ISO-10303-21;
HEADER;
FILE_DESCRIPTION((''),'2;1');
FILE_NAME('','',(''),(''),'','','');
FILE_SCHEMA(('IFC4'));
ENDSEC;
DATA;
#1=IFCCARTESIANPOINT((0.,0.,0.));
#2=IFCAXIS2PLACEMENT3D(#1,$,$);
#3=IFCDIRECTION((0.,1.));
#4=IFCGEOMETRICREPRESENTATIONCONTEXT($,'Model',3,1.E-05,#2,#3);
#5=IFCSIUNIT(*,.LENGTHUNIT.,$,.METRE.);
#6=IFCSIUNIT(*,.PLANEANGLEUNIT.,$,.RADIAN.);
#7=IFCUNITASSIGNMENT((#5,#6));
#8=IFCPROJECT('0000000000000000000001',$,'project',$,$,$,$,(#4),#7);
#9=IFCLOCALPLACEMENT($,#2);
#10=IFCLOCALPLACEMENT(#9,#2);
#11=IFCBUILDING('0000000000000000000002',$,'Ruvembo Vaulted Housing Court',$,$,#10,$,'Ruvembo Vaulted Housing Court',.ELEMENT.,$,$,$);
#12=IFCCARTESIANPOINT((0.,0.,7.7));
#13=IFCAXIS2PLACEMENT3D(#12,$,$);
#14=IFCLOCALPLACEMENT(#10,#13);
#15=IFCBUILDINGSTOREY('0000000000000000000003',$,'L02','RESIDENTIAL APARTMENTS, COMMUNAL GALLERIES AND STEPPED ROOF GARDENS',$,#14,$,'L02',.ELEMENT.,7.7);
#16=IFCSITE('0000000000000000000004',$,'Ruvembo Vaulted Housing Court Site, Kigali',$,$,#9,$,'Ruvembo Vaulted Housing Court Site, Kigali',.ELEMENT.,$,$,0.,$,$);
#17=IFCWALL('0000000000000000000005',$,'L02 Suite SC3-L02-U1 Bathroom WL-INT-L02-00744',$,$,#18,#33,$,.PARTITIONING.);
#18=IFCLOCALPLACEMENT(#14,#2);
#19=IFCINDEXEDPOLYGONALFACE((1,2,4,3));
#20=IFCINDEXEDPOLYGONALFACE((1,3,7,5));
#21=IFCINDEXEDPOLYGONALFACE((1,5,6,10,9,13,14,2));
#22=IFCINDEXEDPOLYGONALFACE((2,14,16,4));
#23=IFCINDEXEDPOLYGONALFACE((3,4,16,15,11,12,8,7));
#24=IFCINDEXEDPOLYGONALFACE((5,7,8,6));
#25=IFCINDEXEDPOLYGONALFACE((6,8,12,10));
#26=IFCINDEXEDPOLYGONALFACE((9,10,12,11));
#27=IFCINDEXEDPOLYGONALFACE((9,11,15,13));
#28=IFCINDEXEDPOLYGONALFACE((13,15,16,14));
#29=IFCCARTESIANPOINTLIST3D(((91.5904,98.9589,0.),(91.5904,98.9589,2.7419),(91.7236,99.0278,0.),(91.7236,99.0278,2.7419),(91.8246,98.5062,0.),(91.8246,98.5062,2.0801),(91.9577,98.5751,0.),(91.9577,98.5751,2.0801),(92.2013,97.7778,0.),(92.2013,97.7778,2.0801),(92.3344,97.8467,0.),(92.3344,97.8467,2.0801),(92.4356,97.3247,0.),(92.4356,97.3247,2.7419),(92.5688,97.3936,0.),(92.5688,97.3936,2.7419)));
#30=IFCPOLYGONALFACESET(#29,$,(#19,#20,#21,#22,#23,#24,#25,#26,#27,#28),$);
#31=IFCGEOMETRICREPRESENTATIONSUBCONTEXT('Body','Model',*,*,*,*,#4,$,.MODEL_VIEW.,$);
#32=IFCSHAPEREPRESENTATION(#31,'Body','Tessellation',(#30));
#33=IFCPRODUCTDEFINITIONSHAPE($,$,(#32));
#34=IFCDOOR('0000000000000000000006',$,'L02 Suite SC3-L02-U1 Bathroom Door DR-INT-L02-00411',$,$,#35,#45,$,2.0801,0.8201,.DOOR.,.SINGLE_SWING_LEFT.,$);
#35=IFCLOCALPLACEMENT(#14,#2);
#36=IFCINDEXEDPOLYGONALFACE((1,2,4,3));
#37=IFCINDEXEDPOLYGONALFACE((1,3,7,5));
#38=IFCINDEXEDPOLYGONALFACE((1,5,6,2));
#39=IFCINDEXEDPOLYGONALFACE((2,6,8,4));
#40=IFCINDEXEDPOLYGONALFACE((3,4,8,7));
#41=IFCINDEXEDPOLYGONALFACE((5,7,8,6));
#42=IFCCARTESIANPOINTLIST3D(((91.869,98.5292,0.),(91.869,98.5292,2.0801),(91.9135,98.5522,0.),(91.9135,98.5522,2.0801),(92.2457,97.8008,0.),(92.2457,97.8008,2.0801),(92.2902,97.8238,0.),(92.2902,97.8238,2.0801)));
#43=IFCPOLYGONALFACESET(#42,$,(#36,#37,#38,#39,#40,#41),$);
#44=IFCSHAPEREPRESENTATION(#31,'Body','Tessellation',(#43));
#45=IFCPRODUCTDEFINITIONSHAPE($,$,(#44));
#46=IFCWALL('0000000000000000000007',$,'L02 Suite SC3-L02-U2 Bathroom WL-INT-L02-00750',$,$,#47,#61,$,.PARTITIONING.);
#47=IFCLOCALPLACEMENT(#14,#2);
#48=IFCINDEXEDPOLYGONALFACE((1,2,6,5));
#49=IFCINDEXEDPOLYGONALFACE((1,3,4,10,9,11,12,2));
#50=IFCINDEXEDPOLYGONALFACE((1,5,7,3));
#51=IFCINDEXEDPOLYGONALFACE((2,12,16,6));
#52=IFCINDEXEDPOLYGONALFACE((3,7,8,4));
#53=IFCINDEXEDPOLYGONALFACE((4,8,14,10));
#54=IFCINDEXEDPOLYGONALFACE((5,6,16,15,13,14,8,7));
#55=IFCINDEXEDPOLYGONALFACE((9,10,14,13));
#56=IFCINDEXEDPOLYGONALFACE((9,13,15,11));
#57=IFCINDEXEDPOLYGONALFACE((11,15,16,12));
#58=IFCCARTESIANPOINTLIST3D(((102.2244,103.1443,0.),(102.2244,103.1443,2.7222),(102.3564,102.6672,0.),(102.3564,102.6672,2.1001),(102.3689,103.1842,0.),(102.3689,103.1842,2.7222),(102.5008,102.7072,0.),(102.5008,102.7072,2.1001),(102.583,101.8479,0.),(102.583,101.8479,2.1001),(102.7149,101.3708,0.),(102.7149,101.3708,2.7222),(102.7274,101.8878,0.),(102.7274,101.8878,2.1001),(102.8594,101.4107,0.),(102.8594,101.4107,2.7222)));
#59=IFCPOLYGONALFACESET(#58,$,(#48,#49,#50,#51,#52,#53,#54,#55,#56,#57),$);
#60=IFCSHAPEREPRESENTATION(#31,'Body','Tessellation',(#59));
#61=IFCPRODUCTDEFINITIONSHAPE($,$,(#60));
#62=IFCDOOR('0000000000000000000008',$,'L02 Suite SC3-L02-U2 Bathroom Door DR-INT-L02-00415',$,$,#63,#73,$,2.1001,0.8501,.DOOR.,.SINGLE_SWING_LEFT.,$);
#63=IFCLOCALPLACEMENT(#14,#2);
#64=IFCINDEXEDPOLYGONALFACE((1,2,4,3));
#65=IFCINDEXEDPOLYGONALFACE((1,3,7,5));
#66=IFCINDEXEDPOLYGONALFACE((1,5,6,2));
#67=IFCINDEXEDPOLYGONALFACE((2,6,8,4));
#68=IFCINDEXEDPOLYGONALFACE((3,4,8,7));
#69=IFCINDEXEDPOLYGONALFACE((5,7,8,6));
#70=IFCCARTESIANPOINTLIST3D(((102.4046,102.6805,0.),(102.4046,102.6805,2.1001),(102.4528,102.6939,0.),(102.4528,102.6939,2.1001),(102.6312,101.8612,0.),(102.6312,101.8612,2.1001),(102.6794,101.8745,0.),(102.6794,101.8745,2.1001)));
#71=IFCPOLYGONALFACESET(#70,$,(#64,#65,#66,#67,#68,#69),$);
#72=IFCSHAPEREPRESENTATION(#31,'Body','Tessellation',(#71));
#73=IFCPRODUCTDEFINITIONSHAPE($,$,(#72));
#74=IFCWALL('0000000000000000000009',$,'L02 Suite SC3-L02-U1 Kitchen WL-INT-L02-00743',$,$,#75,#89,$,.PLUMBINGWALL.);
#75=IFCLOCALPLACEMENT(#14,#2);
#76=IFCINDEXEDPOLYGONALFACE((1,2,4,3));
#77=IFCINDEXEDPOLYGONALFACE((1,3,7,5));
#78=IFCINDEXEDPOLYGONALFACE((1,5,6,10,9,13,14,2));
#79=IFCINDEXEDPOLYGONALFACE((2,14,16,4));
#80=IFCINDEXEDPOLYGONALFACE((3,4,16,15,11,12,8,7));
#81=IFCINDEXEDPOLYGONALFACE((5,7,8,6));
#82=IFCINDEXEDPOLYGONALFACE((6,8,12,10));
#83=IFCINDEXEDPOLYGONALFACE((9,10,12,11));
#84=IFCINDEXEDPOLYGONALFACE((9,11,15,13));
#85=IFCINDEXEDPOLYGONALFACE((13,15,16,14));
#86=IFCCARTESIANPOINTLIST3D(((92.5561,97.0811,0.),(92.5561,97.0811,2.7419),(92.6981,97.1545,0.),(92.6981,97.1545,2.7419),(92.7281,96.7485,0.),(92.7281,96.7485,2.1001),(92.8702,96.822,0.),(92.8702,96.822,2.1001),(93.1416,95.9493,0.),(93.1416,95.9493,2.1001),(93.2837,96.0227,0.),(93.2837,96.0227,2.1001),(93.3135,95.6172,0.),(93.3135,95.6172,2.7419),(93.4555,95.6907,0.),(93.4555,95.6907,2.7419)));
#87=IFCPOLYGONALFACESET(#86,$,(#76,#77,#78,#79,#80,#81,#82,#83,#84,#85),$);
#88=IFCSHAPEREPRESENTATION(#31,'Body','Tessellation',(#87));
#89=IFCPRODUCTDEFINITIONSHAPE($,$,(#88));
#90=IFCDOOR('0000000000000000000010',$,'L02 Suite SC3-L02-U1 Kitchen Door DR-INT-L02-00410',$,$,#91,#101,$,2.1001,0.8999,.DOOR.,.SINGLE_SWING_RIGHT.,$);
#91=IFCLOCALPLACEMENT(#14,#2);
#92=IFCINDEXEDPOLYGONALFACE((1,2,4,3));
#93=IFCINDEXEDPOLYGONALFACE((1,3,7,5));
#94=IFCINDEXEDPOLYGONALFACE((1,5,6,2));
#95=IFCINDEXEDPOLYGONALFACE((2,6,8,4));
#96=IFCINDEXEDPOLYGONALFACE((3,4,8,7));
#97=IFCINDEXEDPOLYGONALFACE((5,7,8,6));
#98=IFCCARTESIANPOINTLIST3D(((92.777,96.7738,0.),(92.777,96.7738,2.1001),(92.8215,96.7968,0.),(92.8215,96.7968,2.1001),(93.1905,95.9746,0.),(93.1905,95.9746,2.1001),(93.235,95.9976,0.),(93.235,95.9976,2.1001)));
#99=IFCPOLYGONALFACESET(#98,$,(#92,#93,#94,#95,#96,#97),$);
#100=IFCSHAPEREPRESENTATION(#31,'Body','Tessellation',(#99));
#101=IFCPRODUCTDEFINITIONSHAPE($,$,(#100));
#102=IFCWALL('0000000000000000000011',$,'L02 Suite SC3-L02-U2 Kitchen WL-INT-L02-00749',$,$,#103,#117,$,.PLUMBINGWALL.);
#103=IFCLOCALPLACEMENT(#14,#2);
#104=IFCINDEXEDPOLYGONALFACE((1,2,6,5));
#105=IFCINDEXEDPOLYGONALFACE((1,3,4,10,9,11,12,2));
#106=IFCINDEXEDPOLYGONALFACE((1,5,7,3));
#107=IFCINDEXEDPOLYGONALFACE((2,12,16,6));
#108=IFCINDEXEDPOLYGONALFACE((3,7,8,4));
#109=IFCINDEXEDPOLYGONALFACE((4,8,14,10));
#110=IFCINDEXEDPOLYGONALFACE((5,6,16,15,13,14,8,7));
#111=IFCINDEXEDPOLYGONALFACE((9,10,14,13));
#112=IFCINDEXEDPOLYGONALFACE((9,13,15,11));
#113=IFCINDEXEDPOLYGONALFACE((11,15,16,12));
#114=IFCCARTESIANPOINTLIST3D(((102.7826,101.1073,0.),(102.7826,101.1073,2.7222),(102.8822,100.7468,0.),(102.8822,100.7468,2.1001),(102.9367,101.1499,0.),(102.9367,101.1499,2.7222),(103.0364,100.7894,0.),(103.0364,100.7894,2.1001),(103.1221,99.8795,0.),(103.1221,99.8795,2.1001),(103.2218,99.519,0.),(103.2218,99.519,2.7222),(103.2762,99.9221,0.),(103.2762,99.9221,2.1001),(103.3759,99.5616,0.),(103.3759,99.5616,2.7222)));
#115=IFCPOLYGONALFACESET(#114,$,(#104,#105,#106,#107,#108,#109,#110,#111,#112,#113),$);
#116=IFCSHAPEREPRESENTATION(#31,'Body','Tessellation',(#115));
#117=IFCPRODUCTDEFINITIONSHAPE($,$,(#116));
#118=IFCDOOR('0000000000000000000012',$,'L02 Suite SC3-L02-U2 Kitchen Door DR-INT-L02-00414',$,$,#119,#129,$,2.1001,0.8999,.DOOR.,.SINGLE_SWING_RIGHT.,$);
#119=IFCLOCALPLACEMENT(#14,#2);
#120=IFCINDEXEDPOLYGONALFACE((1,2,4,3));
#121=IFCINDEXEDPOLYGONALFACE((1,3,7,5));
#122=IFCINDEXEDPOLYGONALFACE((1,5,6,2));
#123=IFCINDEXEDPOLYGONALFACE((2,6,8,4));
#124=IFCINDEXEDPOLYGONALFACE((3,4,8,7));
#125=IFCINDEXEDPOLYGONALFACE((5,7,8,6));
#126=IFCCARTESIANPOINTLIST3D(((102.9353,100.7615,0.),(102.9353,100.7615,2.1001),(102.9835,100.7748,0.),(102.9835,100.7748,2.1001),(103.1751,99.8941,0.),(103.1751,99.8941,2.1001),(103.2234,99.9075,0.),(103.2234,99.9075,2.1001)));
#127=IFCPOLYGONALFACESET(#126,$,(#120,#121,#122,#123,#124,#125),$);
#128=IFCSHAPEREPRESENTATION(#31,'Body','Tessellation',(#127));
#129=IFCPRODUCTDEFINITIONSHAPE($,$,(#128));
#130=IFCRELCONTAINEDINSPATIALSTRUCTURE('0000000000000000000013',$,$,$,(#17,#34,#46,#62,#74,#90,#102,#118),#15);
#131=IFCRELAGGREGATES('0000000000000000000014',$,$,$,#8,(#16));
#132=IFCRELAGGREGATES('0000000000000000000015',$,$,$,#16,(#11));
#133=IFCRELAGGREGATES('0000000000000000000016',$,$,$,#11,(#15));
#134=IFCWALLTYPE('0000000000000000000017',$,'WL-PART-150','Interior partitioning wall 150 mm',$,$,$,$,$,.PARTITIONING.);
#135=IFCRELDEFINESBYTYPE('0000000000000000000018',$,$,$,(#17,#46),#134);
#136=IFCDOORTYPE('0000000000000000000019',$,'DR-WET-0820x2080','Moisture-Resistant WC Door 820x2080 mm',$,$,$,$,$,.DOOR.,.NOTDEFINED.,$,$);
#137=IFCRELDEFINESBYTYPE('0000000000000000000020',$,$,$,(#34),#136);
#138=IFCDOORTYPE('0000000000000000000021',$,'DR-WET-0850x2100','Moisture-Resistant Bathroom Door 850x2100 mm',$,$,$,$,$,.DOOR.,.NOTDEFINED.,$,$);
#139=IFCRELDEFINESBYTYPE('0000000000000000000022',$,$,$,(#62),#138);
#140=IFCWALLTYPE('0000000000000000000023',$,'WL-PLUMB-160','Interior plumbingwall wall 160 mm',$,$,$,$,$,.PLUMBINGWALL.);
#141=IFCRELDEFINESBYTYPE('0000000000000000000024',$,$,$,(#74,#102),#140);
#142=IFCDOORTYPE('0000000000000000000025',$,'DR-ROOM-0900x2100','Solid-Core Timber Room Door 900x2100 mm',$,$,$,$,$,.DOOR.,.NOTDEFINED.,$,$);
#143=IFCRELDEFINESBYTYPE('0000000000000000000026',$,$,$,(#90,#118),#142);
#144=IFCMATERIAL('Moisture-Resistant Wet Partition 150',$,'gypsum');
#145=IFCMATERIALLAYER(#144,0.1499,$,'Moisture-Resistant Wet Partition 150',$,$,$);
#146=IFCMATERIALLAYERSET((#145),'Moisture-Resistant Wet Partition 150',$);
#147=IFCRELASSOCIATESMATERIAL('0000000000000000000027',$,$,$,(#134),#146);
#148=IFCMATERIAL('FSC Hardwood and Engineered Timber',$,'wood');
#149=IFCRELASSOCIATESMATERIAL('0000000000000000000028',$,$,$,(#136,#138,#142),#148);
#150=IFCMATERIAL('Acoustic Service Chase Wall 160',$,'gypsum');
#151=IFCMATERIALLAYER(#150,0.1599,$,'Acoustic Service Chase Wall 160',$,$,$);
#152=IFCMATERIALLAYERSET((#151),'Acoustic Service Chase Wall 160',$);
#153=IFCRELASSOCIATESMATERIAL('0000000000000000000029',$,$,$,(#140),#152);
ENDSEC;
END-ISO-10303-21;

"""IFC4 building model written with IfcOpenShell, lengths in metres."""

from ifc_helpers import new_model, si_unit, direction, frame, frame_2d, origin, place, context, subcontext, project, spatial, rectangle, extrude, material, layer, layer_set, type_object, element, fill, save


model = new_model("IFC4")

# Units and contexts
model_context = context("Model", 3, precision=1e-05, world=origin(), true_north=direction((0.0, 1.0)))
body_context = subcontext(model_context, "Body", "Model", "MODEL_VIEW")
ifc_project = project(units=[si_unit("LENGTHUNIT", "METRE"), si_unit("PLANEANGLEUNIT", "RADIAN")], contexts=[model_context])

# Site, building, storey
site_placement = place(None, origin())
site = spatial("IfcSite", under=ifc_project, at=site_placement, Name="Ruvembo Vaulted Housing Court Site, Kigali", LongName="Ruvembo Vaulted Housing Court Site, Kigali", CompositionType="ELEMENT", RefElevation=0.0)
building_placement = place(site_placement, origin())
building = spatial("IfcBuilding", under=site, at=building_placement, Name="Ruvembo Vaulted Housing Court", LongName="Ruvembo Vaulted Housing Court", CompositionType="ELEMENT")
storey_placement = place(building_placement, frame((0.0, 0.0, 7.7)))
storey = spatial("IfcBuildingStorey", under=building, at=storey_placement, Name="L02", Description="RESIDENTIAL APARTMENTS, COMMUNAL GALLERIES AND STEPPED ROOF GARDENS", LongName="L02", CompositionType="ELEMENT", Elevation=7.7)

# Shared definitions
ifc_material_1 = material(Name="FSC Hardwood and Engineered Timber", Category="wood")

# Walls, openings, doors
ifc_material_2 = material(Name="Moisture-Resistant Wet Partition 150", Category="gypsum")
ifc_layer_1 = layer(ifc_material_2, 0.1499, Name="Moisture-Resistant Wet Partition 150")
ifc_layer_set_1 = layer_set([ifc_layer_1], Name="Moisture-Resistant Wet Partition 150")
wall_type_1 = type_object("IfcWallType", Name="WL-PART-150", Description="Interior partitioning wall 150 mm", PredefinedType="PARTITIONING", material=ifc_layer_set_1)
wall_1_placement = place(storey_placement, frame((92.5022, 97.3591, 0.0), z_axis=(0.0, 0.0, 1.0), x_axis=(-0.45938, 0.88824, 0.0)))
wall_1 = element("IfcWall", 1, at=wall_1_placement, inside=storey, type_object=wall_type_1, Name="L02 Suite SC3-L02-U1 Bathroom WL-INT-L02-00744", PredefinedType="PARTITIONING", context=body_context, shape_type="SweptSolid", body=[
    extrude(rectangle(XDim=1.8398, YDim=0.1499, at=frame_2d((0.9199, 0.0))), origin(), (0.0, 0.0, 1.0), 2.7419),
])
opening_1_placement = place(wall_1_placement, frame((0.51, 0.0, 0.0)))
opening_1 = element("IfcOpeningElement", 2, at=opening_1_placement, cuts=wall_1, PredefinedType="OPENING", context=body_context, shape_type="SweptSolid", body=[
    extrude(rectangle(XDim=0.8201, YDim=2.0801, at=frame_2d((0.4102, 1.04))), frame((0.0, 0.085, 0.0), z_axis=(0.0, -1.0, 0.0), x_axis=(1.0, 0.0, 0.0)), (0.0, 0.0, 1.0), 0.1699),
])
door_type_1 = type_object("IfcDoorType", Name="DR-WET-0820x2080", Description="Moisture-Resistant WC Door 820x2080 mm", OperationType="NOTDEFINED", PredefinedType="DOOR", material=ifc_material_1)
door_1_placement = place(opening_1_placement, origin())
door_1 = element("IfcDoor", 3, at=door_1_placement, inside=storey, type_object=door_type_1, Name="L02 Suite SC3-L02-U1 Bathroom Door DR-INT-L02-00411", OperationType="SINGLE_SWING_LEFT", OverallHeight=2.0801, OverallWidth=0.8201, PredefinedType="DOOR", context=body_context, shape_type="SweptSolid", body=[
    extrude(rectangle(XDim=0.8201, YDim=2.0801, at=frame_2d((0.4102, 1.04))), frame((0.0, 0.0249, 0.0), z_axis=(0.0, -1.0, 0.0), x_axis=(1.0, 0.0, 0.0)), (0.0, 0.0, 1.0), 0.05),
])
fill(opening_1, door_1)
wall_2_placement = place(storey_placement, frame((102.7871, 101.3909, 0.0), z_axis=(0.0, 0.0, 1.0), x_axis=(-0.266562, 0.963818, 0.0)))
wall_2 = element("IfcWall", 4, at=wall_2_placement, inside=storey, type_object=wall_type_1, Name="L02 Suite SC3-L02-U2 Bathroom WL-INT-L02-00750", PredefinedType="PARTITIONING", context=body_context, shape_type="SweptSolid", body=[
    extrude(rectangle(XDim=1.8401, YDim=0.1499, at=frame_2d((0.9199, 0.0))), origin(), (0.0, 0.0, 1.0), 2.7222),
])
opening_2_placement = place(wall_2_placement, frame((0.4949, 0.0, 0.0)))
opening_2 = element("IfcOpeningElement", 5, at=opening_2_placement, cuts=wall_2, PredefinedType="OPENING", context=body_context, shape_type="SweptSolid", body=[
    extrude(rectangle(XDim=0.8501, YDim=2.1001, at=frame_2d((0.425, 1.05))), frame((0.0, 0.085, 0.0), z_axis=(0.0, -1.0, 0.0), x_axis=(1.0, 0.0, 0.0)), (0.0, 0.0, 1.0), 0.1699),
])
door_type_2 = type_object("IfcDoorType", Name="DR-WET-0850x2100", Description="Moisture-Resistant Bathroom Door 850x2100 mm", OperationType="NOTDEFINED", PredefinedType="DOOR", material=ifc_material_1)
door_2_placement = place(opening_2_placement, origin())
door_2 = element("IfcDoor", 6, at=door_2_placement, inside=storey, type_object=door_type_2, Name="L02 Suite SC3-L02-U2 Bathroom Door DR-INT-L02-00415", OperationType="SINGLE_SWING_LEFT", OverallHeight=2.1001, OverallWidth=0.8501, PredefinedType="DOOR", context=body_context, shape_type="SweptSolid", body=[
    extrude(rectangle(XDim=0.8501, YDim=2.1001, at=frame_2d((0.425, 1.05))), frame((0.0, 0.0249, 0.0), z_axis=(0.0, -1.0, 0.0), x_axis=(1.0, 0.0, 0.0)), (0.0, 0.0, 1.0), 0.05),
])
fill(opening_2, door_2)
ifc_material_3 = material(Name="Acoustic Service Chase Wall 160", Category="gypsum")
ifc_layer_2 = layer(ifc_material_3, 0.1599, Name="Acoustic Service Chase Wall 160")
ifc_layer_set_2 = layer_set([ifc_layer_2], Name="Acoustic Service Chase Wall 160")
wall_type_2 = type_object("IfcWallType", Name="WL-PLUMB-160", Description="Interior plumbingwall wall 160 mm", PredefinedType="PLUMBINGWALL", material=ifc_layer_set_2)
wall_3_placement = place(storey_placement, frame((93.3845, 95.6538, 0.0), z_axis=(0.0, 0.0, 1.0), x_axis=(-0.459495, 0.88818, 0.0)))
wall_3 = element("IfcWall", 7, at=wall_3_placement, inside=storey, type_object=wall_type_2, Name="L02 Suite SC3-L02-U1 Kitchen WL-INT-L02-00743", PredefinedType="PLUMBINGWALL", context=body_context, shape_type="SweptSolid", body=[
    extrude(rectangle(XDim=1.6482, YDim=0.1599, at=frame_2d((0.8242, 0.0))), origin(), (0.0, 0.0, 1.0), 2.7419),
])
opening_3_placement = place(wall_3_placement, frame((0.374, 0.0, 0.0)))
opening_3 = element("IfcOpeningElement", 8, at=opening_3_placement, cuts=wall_3, PredefinedType="OPENING", context=body_context, shape_type="SweptSolid", body=[
    extrude(rectangle(XDim=0.8999, YDim=2.1001, at=frame_2d((0.45, 1.05))), frame((0.0, 0.0898, 0.0), z_axis=(0.0, -1.0, 0.0), x_axis=(1.0, 0.0, 0.0)), (0.0, 0.0, 1.0), 0.1799),
])
door_type_3 = type_object("IfcDoorType", Name="DR-ROOM-0900x2100", Description="Solid-Core Timber Room Door 900x2100 mm", OperationType="NOTDEFINED", PredefinedType="DOOR", material=ifc_material_1)
door_3_placement = place(opening_3_placement, origin())
door_3 = element("IfcDoor", 9, at=door_3_placement, inside=storey, type_object=door_type_3, Name="L02 Suite SC3-L02-U1 Kitchen Door DR-INT-L02-00410", OperationType="SINGLE_SWING_RIGHT", OverallHeight=2.1001, OverallWidth=0.8999, PredefinedType="DOOR", context=body_context, shape_type="SweptSolid", body=[
    extrude(rectangle(XDim=0.8999, YDim=2.1001, at=frame_2d((0.45, 1.05))), frame((0.0, 0.0249, 0.0), z_axis=(0.0, -1.0, 0.0), x_axis=(1.0, 0.0, 0.0)), (0.0, 0.0, 1.0), 0.05),
])
fill(opening_3, door_3)
wall_4_placement = place(storey_placement, frame((103.2988, 99.5403, 0.0), z_axis=(0.0, 0.0, 1.0), x_axis=(-0.266513, 0.963831, 0.0)))
wall_4 = element("IfcWall", 10, at=wall_4_placement, inside=storey, type_object=wall_type_2, Name="L02 Suite SC3-L02-U2 Kitchen WL-INT-L02-00749", PredefinedType="PLUMBINGWALL", context=body_context, shape_type="SweptSolid", body=[
    extrude(rectangle(XDim=1.6479, YDim=0.1599, at=frame_2d((0.824, 0.0))), origin(), (0.0, 0.0, 1.0), 2.7222),
])
opening_4_placement = place(wall_4_placement, frame((0.374, 0.0, 0.0)))
opening_4 = element("IfcOpeningElement", 11, at=opening_4_placement, cuts=wall_4, PredefinedType="OPENING", context=body_context, shape_type="SweptSolid", body=[
    extrude(rectangle(XDim=0.8999, YDim=2.1001, at=frame_2d((0.45, 1.05))), frame((0.0, 0.0898, 0.0), z_axis=(0.0, -1.0, 0.0), x_axis=(1.0, 0.0, 0.0)), (0.0, 0.0, 1.0), 0.1799),
])
door_4_placement = place(opening_4_placement, origin())
door_4 = element("IfcDoor", 12, at=door_4_placement, inside=storey, type_object=door_type_3, Name="L02 Suite SC3-L02-U2 Kitchen Door DR-INT-L02-00414", OperationType="SINGLE_SWING_RIGHT", OverallHeight=2.1001, OverallWidth=0.8999, PredefinedType="DOOR", context=body_context, shape_type="SweptSolid", body=[
    extrude(rectangle(XDim=0.8999, YDim=2.1001, at=frame_2d((0.45, 1.05))), frame((0.0, 0.0249, 0.0), z_axis=(0.0, -1.0, 0.0), x_axis=(1.0, 0.0, 0.0)), (0.0, 0.0, 1.0), 0.05),
])
fill(opening_4, door_4)

save(model, "model.ifc")
